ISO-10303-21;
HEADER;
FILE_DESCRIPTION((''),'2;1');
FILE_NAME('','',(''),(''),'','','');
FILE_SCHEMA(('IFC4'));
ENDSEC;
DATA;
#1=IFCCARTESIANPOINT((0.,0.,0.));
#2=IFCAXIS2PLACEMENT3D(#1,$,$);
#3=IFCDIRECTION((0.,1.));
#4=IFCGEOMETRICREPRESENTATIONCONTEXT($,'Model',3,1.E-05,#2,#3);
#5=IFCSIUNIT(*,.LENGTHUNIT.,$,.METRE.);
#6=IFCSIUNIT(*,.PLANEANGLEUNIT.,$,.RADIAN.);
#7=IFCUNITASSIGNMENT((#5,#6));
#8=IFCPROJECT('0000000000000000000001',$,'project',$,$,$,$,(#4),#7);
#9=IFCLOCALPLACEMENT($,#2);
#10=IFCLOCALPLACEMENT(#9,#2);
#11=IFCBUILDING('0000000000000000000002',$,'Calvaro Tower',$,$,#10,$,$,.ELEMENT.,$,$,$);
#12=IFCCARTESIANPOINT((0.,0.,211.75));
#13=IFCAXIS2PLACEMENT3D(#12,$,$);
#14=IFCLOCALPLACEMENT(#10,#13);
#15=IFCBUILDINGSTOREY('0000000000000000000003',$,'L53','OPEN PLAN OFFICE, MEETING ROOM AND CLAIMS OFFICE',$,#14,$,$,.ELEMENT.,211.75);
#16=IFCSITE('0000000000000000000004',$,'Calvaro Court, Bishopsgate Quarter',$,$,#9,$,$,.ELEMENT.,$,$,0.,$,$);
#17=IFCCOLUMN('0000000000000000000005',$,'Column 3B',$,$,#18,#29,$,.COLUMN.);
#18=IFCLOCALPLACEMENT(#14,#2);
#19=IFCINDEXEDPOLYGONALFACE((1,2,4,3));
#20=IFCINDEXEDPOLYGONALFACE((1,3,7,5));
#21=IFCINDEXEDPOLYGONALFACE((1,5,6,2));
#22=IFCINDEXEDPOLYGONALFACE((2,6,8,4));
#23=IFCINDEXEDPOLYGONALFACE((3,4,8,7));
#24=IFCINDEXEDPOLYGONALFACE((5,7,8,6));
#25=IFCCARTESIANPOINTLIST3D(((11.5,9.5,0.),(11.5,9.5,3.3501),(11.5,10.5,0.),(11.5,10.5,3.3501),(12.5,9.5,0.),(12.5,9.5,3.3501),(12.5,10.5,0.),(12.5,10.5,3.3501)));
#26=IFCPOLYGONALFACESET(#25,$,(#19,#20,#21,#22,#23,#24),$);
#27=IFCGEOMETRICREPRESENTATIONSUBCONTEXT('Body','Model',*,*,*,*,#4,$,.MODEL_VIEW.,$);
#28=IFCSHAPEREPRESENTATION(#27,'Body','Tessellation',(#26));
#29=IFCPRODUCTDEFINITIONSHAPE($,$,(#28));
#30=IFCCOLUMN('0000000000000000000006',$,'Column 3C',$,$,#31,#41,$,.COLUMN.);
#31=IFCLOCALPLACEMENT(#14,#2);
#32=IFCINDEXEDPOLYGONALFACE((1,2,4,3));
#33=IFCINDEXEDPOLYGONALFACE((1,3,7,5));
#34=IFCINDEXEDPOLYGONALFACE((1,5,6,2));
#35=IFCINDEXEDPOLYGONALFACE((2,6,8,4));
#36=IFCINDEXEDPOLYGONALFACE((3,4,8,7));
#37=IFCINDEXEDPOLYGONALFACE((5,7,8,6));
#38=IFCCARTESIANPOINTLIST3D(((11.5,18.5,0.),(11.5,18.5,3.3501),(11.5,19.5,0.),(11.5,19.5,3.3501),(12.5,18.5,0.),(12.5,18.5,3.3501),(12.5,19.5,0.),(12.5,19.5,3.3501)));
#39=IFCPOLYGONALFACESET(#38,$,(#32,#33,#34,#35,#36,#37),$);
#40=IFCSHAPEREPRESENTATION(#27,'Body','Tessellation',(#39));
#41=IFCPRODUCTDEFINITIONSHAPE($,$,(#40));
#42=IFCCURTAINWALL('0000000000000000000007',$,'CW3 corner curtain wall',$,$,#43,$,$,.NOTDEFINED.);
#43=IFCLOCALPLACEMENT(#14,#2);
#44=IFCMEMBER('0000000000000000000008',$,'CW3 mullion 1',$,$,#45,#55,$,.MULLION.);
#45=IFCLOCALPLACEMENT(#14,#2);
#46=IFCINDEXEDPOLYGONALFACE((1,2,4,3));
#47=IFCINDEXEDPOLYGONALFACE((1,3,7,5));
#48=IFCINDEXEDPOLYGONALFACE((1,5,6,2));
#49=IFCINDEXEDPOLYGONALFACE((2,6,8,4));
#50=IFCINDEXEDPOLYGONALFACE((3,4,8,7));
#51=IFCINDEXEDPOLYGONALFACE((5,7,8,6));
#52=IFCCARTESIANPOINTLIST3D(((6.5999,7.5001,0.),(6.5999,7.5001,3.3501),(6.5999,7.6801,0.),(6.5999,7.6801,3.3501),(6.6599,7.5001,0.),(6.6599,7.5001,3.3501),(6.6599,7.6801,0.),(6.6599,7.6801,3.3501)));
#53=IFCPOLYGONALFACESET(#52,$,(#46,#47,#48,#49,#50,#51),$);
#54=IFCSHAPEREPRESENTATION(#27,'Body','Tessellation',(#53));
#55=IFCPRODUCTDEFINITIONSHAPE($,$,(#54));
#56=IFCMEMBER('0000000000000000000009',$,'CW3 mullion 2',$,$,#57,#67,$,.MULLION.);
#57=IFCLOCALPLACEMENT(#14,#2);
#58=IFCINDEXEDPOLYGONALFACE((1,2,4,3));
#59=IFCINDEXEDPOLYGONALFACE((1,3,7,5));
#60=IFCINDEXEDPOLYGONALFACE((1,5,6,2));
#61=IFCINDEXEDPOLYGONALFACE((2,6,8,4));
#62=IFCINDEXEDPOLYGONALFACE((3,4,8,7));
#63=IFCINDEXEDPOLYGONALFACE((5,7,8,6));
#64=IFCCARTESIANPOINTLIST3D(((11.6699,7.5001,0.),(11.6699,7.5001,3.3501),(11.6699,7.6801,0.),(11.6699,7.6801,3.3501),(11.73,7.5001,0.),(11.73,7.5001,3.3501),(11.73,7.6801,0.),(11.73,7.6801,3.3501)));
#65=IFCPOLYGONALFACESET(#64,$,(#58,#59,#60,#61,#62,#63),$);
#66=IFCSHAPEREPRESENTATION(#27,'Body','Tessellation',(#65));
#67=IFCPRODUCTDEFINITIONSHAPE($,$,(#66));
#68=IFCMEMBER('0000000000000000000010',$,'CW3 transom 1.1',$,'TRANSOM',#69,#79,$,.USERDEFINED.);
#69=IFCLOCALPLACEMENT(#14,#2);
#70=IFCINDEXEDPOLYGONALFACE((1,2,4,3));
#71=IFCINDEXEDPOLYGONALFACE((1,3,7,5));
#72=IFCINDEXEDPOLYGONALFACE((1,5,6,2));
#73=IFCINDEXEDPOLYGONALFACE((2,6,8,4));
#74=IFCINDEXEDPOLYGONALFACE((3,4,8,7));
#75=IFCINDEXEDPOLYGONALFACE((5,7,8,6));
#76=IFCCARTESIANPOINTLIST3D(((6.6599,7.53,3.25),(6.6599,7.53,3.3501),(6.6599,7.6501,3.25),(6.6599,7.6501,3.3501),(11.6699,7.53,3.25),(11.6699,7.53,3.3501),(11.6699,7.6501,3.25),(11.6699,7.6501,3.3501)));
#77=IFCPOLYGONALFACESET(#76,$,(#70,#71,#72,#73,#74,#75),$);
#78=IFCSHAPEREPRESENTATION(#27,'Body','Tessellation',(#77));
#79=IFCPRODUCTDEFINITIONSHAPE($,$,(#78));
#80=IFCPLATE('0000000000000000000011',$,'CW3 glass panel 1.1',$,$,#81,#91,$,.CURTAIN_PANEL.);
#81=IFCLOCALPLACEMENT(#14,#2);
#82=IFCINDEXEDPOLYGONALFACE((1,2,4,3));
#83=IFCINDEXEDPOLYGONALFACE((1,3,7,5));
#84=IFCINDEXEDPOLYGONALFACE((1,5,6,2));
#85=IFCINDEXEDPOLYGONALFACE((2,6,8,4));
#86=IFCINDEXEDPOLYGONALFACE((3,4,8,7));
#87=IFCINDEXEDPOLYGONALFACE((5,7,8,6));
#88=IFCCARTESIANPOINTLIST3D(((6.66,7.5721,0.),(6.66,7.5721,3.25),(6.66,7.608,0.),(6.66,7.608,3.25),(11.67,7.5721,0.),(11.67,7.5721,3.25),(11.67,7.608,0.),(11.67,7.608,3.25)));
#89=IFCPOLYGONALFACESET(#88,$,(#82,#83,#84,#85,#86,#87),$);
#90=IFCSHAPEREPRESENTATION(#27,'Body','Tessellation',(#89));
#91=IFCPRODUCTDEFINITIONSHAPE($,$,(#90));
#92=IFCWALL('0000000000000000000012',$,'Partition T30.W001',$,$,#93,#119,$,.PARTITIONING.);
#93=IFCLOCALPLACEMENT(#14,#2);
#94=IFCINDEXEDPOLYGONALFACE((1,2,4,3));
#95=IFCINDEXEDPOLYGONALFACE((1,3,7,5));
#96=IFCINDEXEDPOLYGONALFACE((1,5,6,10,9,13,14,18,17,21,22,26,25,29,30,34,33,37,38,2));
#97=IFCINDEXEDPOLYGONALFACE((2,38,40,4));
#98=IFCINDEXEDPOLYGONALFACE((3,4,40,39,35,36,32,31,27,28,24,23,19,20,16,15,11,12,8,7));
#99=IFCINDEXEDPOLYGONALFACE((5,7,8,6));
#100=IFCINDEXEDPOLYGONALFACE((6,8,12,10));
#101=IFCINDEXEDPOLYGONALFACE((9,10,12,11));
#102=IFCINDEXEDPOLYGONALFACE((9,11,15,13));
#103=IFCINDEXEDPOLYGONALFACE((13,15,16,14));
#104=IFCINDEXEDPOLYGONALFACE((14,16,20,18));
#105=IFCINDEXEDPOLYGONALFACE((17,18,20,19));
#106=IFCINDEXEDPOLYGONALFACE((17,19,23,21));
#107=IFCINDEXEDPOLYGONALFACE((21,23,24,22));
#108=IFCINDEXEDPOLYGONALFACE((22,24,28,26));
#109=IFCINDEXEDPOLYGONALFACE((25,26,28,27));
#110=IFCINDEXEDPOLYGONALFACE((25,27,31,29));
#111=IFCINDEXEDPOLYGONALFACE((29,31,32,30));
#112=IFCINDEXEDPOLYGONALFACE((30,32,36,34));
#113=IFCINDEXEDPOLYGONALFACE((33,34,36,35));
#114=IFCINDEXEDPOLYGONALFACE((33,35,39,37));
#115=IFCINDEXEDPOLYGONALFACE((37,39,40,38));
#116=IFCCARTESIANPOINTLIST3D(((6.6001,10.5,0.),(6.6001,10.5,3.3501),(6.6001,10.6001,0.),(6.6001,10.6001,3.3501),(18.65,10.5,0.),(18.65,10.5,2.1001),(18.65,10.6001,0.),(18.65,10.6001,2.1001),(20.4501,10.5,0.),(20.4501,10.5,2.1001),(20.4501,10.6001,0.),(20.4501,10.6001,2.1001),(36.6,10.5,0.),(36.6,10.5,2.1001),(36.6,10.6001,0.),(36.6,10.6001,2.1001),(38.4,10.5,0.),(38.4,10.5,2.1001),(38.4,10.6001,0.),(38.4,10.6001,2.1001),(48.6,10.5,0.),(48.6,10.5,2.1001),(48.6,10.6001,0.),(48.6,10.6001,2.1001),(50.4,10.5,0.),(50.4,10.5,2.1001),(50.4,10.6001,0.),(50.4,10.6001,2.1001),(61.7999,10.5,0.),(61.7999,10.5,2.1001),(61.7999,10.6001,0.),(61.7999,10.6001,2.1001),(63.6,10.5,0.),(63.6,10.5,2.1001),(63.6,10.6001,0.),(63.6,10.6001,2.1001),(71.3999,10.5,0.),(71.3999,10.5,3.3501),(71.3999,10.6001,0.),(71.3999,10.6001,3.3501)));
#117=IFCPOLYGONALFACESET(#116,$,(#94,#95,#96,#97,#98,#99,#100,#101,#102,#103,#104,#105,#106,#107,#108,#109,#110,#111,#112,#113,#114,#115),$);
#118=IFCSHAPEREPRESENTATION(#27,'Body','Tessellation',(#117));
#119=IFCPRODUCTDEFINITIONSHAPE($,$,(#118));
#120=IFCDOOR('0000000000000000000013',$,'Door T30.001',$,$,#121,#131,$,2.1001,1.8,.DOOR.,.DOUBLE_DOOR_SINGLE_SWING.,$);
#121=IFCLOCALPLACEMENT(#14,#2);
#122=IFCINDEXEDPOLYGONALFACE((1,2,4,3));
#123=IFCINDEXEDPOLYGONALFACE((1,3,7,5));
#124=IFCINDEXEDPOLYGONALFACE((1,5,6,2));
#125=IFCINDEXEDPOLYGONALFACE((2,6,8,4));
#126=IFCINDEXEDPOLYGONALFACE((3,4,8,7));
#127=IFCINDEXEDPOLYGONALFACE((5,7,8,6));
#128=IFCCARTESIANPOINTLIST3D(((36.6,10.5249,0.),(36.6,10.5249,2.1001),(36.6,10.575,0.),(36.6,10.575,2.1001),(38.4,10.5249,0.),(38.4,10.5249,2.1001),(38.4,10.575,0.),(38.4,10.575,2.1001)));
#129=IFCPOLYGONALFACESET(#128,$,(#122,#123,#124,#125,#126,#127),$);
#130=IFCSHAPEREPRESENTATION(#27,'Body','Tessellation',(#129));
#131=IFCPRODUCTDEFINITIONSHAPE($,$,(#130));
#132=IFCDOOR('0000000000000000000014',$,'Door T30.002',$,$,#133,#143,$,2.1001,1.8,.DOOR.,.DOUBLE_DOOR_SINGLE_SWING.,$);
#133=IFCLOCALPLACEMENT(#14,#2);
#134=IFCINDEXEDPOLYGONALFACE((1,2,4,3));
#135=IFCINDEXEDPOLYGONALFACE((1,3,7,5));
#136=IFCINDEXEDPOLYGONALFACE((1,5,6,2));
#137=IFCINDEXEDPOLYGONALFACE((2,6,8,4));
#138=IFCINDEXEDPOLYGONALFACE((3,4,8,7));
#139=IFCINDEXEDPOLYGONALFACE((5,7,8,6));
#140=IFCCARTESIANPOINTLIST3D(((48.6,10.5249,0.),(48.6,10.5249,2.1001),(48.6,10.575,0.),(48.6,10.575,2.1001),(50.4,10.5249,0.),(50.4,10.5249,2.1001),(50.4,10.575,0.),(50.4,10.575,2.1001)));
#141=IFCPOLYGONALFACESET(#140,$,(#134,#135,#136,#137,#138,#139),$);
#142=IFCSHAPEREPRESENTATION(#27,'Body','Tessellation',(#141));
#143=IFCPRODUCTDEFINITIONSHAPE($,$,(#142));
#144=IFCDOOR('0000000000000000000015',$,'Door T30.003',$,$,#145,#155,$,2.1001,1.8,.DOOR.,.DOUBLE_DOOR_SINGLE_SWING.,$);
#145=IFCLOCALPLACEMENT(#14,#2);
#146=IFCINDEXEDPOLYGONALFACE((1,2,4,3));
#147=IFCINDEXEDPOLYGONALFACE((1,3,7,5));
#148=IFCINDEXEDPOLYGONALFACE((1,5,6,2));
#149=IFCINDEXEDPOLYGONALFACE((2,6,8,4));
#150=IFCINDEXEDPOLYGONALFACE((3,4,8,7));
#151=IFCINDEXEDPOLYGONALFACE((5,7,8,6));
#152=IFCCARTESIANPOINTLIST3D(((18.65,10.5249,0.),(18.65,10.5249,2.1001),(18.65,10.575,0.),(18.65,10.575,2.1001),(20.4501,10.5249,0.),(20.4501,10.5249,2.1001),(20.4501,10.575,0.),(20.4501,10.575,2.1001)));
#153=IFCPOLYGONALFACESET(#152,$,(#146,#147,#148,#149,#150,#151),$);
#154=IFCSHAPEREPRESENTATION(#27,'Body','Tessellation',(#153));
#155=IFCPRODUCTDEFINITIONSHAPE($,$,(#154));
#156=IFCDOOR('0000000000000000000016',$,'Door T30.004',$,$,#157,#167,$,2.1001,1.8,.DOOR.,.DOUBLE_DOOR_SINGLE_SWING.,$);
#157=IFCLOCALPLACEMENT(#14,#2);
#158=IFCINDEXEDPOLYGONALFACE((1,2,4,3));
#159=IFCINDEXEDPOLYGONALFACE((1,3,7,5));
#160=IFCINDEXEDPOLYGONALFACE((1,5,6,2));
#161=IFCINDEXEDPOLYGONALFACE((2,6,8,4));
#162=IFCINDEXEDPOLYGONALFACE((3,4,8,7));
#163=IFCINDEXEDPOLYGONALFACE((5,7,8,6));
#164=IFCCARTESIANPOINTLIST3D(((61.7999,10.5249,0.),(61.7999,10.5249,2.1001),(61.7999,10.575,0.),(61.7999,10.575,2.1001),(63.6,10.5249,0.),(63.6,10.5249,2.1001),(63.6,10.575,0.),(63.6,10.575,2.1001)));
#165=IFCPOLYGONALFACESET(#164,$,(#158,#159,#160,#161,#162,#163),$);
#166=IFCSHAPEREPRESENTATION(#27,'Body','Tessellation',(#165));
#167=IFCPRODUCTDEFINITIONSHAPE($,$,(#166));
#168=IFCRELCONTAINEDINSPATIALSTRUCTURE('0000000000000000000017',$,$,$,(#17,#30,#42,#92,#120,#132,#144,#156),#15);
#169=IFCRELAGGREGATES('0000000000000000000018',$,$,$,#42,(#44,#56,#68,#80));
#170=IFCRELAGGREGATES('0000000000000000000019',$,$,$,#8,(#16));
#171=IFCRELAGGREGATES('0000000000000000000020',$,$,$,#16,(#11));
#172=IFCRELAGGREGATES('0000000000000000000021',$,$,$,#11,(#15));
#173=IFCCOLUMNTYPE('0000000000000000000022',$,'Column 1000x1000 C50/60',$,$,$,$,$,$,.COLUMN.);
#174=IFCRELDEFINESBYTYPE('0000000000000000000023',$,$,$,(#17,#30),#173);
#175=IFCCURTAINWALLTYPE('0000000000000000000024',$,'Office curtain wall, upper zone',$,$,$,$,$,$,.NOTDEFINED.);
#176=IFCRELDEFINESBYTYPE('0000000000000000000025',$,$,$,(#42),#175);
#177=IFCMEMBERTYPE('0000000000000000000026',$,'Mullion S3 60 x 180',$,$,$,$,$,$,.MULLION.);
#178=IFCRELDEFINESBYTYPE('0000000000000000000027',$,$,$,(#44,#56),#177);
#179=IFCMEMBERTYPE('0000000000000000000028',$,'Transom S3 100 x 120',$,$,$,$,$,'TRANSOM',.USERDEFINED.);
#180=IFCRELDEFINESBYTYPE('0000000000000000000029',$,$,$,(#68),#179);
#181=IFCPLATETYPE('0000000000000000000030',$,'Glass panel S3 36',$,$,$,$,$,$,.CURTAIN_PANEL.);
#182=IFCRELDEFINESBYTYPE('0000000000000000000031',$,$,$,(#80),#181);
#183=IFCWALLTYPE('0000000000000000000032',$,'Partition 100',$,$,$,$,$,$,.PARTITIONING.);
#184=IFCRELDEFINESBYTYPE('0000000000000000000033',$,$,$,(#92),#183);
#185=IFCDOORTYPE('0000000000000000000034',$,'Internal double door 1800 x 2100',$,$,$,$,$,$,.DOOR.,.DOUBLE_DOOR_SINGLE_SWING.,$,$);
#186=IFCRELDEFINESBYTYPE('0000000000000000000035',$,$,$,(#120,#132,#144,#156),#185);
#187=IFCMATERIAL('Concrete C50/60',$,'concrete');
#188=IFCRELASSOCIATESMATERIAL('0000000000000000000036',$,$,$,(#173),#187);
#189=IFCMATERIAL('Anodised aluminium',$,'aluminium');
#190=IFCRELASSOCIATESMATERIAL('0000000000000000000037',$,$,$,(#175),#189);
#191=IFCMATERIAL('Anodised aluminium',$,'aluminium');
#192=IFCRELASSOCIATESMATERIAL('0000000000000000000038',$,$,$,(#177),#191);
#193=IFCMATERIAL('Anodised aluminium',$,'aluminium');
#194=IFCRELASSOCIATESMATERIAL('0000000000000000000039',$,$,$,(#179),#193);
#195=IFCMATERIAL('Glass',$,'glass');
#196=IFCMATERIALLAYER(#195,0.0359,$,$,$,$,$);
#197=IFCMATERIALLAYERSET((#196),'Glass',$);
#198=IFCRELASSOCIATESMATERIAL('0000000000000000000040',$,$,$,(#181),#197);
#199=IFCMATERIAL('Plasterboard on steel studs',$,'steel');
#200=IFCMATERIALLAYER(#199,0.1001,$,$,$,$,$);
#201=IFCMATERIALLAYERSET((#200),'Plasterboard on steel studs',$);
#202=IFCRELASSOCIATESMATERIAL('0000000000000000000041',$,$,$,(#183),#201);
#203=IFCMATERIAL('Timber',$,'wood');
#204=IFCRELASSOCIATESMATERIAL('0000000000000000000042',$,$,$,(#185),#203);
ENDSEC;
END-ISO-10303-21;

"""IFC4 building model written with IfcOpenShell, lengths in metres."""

from ifc_helpers import new_model, si_unit, direction, frame, frame_2d, origin, origin_2d, place, context, subcontext, project, spatial, rectangle, extrude, material, layer, layer_set, material_profile, profile_set, type_object, element, fill, aggregate, save


model = new_model("IFC4")

# Units and contexts
model_context = context("Model", 3, precision=1e-05, world=origin(), true_north=direction((0.0, 1.0)))
body_context = subcontext(model_context, "Body", "Model", "MODEL_VIEW")
ifc_project = project(units=[si_unit("LENGTHUNIT", "METRE"), si_unit("PLANEANGLEUNIT", "RADIAN")], contexts=[model_context])

# Site, building, storey
site_placement = place(None, origin())
site = spatial("IfcSite", under=ifc_project, at=site_placement, Name="Calvaro Court, Bishopsgate Quarter", CompositionType="ELEMENT", RefElevation=0.0)
building_placement = place(site_placement, origin())
building = spatial("IfcBuilding", under=site, at=building_placement, Name="Calvaro Tower", CompositionType="ELEMENT")
storey_placement = place(building_placement, frame((0.0, 0.0, 211.75)))
storey = spatial("IfcBuildingStorey", under=building, at=storey_placement, Name="L53", Description="OPEN PLAN OFFICE, MEETING ROOM AND CLAIMS OFFICE", CompositionType="ELEMENT", Elevation=211.75)

# Columns
ifc_material_1 = material(Name="Concrete C50/60", Category="concrete")
ifc_material_profile_1 = material_profile(ifc_material_1, rectangle(XDim=1.0, YDim=1.0, at=origin_2d()), Name="RC 1000x1000")
ifc_profile_set_1 = profile_set([ifc_material_profile_1], Name="Concrete C50/60")
column_type = type_object("IfcColumnType", Name="Column 1000x1000 C50/60", PredefinedType="COLUMN", material=ifc_profile_set_1)
for number, where, z_axis, x_axis, name in (
    (1, (12.0, 10.0, 0.0), (0.0, 0.0, 1.0), (1.0, 0.0, 0.0), "Column 3B"),
    (2, (12.0, 19.0, 0.0), (0.0, 0.0, 1.0), (1.0, 0.0, 0.0), "Column 3C"),
):
    element("IfcColumn", number, at=place(storey_placement, frame(where, z_axis=z_axis, x_axis=x_axis)), inside=storey, type_object=column_type, Name=name, PredefinedType="COLUMN", context=body_context, shape_type="SweptSolid", body=[
        extrude(rectangle(XDim=1.0, YDim=1.0, at=origin_2d()), origin(), (0.0, 0.0, 1.0), 3.3501),
    ])

# Curtain wall, members, plate
ifc_material_2 = material(Name="Anodised aluminium", Category="aluminium")
curtain_wall_type = type_object("IfcCurtainWallType", Name="Office curtain wall, upper zone", PredefinedType="NOTDEFINED", material=ifc_material_2)
curtain_wall_placement = place(storey_placement, origin())
curtain_wall = element("IfcCurtainWall", 3, at=curtain_wall_placement, inside=storey, type_object=curtain_wall_type, Name="CW3 corner curtain wall", PredefinedType="NOTDEFINED")
ifc_material_3 = material(Name="Anodised aluminium", Category="aluminium")
ifc_material_profile_2 = material_profile(ifc_material_3, rectangle(XDim=0.1799, YDim=0.0601, at=origin_2d()), Name="Mullion S3 60 x 180")
ifc_profile_set_2 = profile_set([ifc_material_profile_2], Name="Anodised aluminium")
member_type_1 = type_object("IfcMemberType", Name="Mullion S3 60 x 180", PredefinedType="MULLION", material=ifc_profile_set_2)
member_1_placement = place(storey_placement, frame((6.6299, 7.5901, 0.0), z_axis=(0.0, 0.0, 1.0), x_axis=(0.0, 1.0, 0.0)))
member_1 = element("IfcMember", 4, at=member_1_placement, type_object=member_type_1, Name="CW3 mullion 1", PredefinedType="MULLION", context=body_context, shape_type="SweptSolid", body=[
    extrude(rectangle(XDim=0.1799, YDim=0.0601, at=origin_2d()), origin(), (0.0, 0.0, 1.0), 3.3501),
])
member_2_placement = place(storey_placement, frame((11.7, 7.5901, 0.0), z_axis=(0.0, 0.0, 1.0), x_axis=(0.0, 1.0, 0.0)))
member_2 = element("IfcMember", 5, at=member_2_placement, type_object=member_type_1, Name="CW3 mullion 2", PredefinedType="MULLION", context=body_context, shape_type="SweptSolid", body=[
    extrude(rectangle(XDim=0.1799, YDim=0.0601, at=origin_2d()), origin(), (0.0, 0.0, 1.0), 3.3501),
])
ifc_material_4 = material(Name="Anodised aluminium", Category="aluminium")
ifc_material_profile_3 = material_profile(ifc_material_4, rectangle(XDim=0.1201, YDim=0.1001, at=origin_2d()), Name="Transom S3 100 x 120")
ifc_profile_set_3 = profile_set([ifc_material_profile_3], Name="Anodised aluminium")
member_type_2 = type_object("IfcMemberType", Name="Transom S3 100 x 120", ElementType="TRANSOM", PredefinedType="USERDEFINED", material=ifc_profile_set_3)
member_3_placement = place(storey_placement, frame((6.6599, 7.5901, 3.3), z_axis=(1.0, 0.0, 0.0), x_axis=(0.0, 1.0, 0.0)))
member_3 = element("IfcMember", 6, at=member_3_placement, type_object=member_type_2, Name="CW3 transom 1.1", ObjectType="TRANSOM", PredefinedType="USERDEFINED", context=body_context, shape_type="SweptSolid", body=[
    extrude(rectangle(XDim=0.1201, YDim=0.1001, at=origin_2d()), origin(), (0.0, 0.0, 1.0), 5.01),
])
ifc_material_5 = material(Name="Glass", Category="glass")
ifc_layer_1 = layer(ifc_material_5, 0.0359)
ifc_layer_set_1 = layer_set([ifc_layer_1], Name="Glass")
plate_type = type_object("IfcPlateType", Name="Glass panel S3 36", PredefinedType="CURTAIN_PANEL", material=ifc_layer_set_1)
plate_placement = place(storey_placement, frame((9.165, 7.5901, 0.0), z_axis=(0.0, 0.0, 1.0), x_axis=(1.0, 0.0, 0.0)))
plate = element("IfcPlate", 7, at=plate_placement, type_object=plate_type, Name="CW3 glass panel 1.1", PredefinedType="CURTAIN_PANEL", context=body_context, shape_type="SweptSolid", body=[
    extrude(rectangle(XDim=5.01, YDim=0.0359, at=origin_2d()), origin(), (0.0, 0.0, 1.0), 3.25),
])
aggregate(curtain_wall, [member_1, member_2, member_3, plate])

# Wall, openings, doors
ifc_material_6 = material(Name="Plasterboard on steel studs", Category="steel")
ifc_layer_2 = layer(ifc_material_6, 0.1001)
ifc_layer_set_2 = layer_set([ifc_layer_2], Name="Plasterboard on steel studs")
wall_type = type_object("IfcWallType", Name="Partition 100", PredefinedType="PARTITIONING", material=ifc_layer_set_2)
wall_1_placement = place(storey_placement, frame((6.6001, 10.55, 0.0), z_axis=(0.0, 0.0, 1.0), x_axis=(1.0, 0.0, 0.0)))
wall_1 = element("IfcWall", 8, at=wall_1_placement, inside=storey, type_object=wall_type, Name="Partition T30.W001", PredefinedType="PARTITIONING", context=body_context, shape_type="SweptSolid", body=[
    extrude(rectangle(XDim=64.7998, YDim=0.1001, at=frame_2d((32.3999, 0.0))), origin(), (0.0, 0.0, 1.0), 3.3501),
])
opening_1_placement = place(wall_1_placement, frame((30.0, 0.0, 0.0)))
opening_1 = element("IfcOpeningElement", 9, at=opening_1_placement, cuts=wall_1, PredefinedType="OPENING", context=body_context, shape_type="SweptSolid", body=[
    extrude(rectangle(XDim=1.8, YDim=2.1001, at=frame_2d((0.8999, 1.05))), frame((0.0, 0.0601, 0.0), z_axis=(0.0, -1.0, 0.0), x_axis=(1.0, 0.0, 0.0)), (0.0, 0.0, 1.0), 0.1201),
])
opening_2_placement = place(wall_1_placement, frame((42.0, 0.0, 0.0)))
opening_2 = element("IfcOpeningElement", 10, at=opening_2_placement, cuts=wall_1, PredefinedType="OPENING", context=body_context, shape_type="SweptSolid", body=[
    extrude(rectangle(XDim=1.8, YDim=2.1001, at=frame_2d((0.8999, 1.05))), frame((0.0, 0.0601, 0.0), z_axis=(0.0, -1.0, 0.0), x_axis=(1.0, 0.0, 0.0)), (0.0, 0.0, 1.0), 0.1201),
])
opening_3_placement = place(wall_1_placement, frame((12.05, 0.0, 0.0)))
opening_3 = element("IfcOpeningElement", 11, at=opening_3_placement, cuts=wall_1, PredefinedType="OPENING", context=body_context, shape_type="SweptSolid", body=[
    extrude(rectangle(XDim=1.8, YDim=2.1001, at=frame_2d((0.8999, 1.05))), frame((0.0, 0.0601, 0.0), z_axis=(0.0, -1.0, 0.0), x_axis=(1.0, 0.0, 0.0)), (0.0, 0.0, 1.0), 0.1201),
])
opening_4_placement = place(wall_1_placement, frame((55.2, 0.0, 0.0)))
opening_4 = element("IfcOpeningElement", 12, at=opening_4_placement, cuts=wall_1, PredefinedType="OPENING", context=body_context, shape_type="SweptSolid", body=[
    extrude(rectangle(XDim=1.8, YDim=2.1001, at=frame_2d((0.8999, 1.05))), frame((0.0, 0.0601, 0.0), z_axis=(0.0, -1.0, 0.0), x_axis=(1.0, 0.0, 0.0)), (0.0, 0.0, 1.0), 0.1201),
])
ifc_material_7 = material(Name="Timber", Category="wood")
door_type_1 = type_object("IfcDoorType", Name="Internal double door 1800 x 2100", OperationType="DOUBLE_DOOR_SINGLE_SWING", PredefinedType="DOOR", material=ifc_material_7)
door_1_placement = place(opening_1_placement, origin())
door_1 = element("IfcDoor", 13, at=door_1_placement, inside=storey, type_object=door_type_1, Name="Door T30.001", OperationType="DOUBLE_DOOR_SINGLE_SWING", OverallHeight=2.1001, OverallWidth=1.8, PredefinedType="DOOR", context=body_context, shape_type="SweptSolid", body=[
    extrude(rectangle(XDim=1.8, YDim=2.1001, at=frame_2d((0.8999, 1.05))), frame((0.0, 0.0249, 0.0), z_axis=(0.0, -1.0, 0.0), x_axis=(1.0, 0.0, 0.0)), (0.0, 0.0, 1.0), 0.05),
])
fill(opening_1, door_1)
door_2_placement = place(opening_2_placement, origin())
door_2 = element("IfcDoor", 14, at=door_2_placement, inside=storey, type_object=door_type_1, Name="Door T30.002", OperationType="DOUBLE_DOOR_SINGLE_SWING", OverallHeight=2.1001, OverallWidth=1.8, PredefinedType="DOOR", context=body_context, shape_type="SweptSolid", body=[
    extrude(rectangle(XDim=1.8, YDim=2.1001, at=frame_2d((0.8999, 1.05))), frame((0.0, 0.0249, 0.0), z_axis=(0.0, -1.0, 0.0), x_axis=(1.0, 0.0, 0.0)), (0.0, 0.0, 1.0), 0.05),
])
fill(opening_2, door_2)
door_3_placement = place(opening_3_placement, origin())
door_3 = element("IfcDoor", 15, at=door_3_placement, inside=storey, type_object=door_type_1, Name="Door T30.003", OperationType="DOUBLE_DOOR_SINGLE_SWING", OverallHeight=2.1001, OverallWidth=1.8, PredefinedType="DOOR", context=body_context, shape_type="SweptSolid", body=[
    extrude(rectangle(XDim=1.8, YDim=2.1001, at=frame_2d((0.8999, 1.05))), frame((0.0, 0.0249, 0.0), z_axis=(0.0, -1.0, 0.0), x_axis=(1.0, 0.0, 0.0)), (0.0, 0.0, 1.0), 0.05),
])
fill(opening_3, door_3)
door_4_placement = place(opening_4_placement, origin())
door_4 = element("IfcDoor", 16, at=door_4_placement, inside=storey, type_object=door_type_1, Name="Door T30.004", OperationType="DOUBLE_DOOR_SINGLE_SWING", OverallHeight=2.1001, OverallWidth=1.8, PredefinedType="DOOR", context=body_context, shape_type="SweptSolid", body=[
    extrude(rectangle(XDim=1.8, YDim=2.1001, at=frame_2d((0.8999, 1.05))), frame((0.0, 0.0249, 0.0), z_axis=(0.0, -1.0, 0.0), x_axis=(1.0, 0.0, 0.0)), (0.0, 0.0, 1.0), 0.05),
])
fill(opening_4, door_4)

save(model, "model.ifc")
